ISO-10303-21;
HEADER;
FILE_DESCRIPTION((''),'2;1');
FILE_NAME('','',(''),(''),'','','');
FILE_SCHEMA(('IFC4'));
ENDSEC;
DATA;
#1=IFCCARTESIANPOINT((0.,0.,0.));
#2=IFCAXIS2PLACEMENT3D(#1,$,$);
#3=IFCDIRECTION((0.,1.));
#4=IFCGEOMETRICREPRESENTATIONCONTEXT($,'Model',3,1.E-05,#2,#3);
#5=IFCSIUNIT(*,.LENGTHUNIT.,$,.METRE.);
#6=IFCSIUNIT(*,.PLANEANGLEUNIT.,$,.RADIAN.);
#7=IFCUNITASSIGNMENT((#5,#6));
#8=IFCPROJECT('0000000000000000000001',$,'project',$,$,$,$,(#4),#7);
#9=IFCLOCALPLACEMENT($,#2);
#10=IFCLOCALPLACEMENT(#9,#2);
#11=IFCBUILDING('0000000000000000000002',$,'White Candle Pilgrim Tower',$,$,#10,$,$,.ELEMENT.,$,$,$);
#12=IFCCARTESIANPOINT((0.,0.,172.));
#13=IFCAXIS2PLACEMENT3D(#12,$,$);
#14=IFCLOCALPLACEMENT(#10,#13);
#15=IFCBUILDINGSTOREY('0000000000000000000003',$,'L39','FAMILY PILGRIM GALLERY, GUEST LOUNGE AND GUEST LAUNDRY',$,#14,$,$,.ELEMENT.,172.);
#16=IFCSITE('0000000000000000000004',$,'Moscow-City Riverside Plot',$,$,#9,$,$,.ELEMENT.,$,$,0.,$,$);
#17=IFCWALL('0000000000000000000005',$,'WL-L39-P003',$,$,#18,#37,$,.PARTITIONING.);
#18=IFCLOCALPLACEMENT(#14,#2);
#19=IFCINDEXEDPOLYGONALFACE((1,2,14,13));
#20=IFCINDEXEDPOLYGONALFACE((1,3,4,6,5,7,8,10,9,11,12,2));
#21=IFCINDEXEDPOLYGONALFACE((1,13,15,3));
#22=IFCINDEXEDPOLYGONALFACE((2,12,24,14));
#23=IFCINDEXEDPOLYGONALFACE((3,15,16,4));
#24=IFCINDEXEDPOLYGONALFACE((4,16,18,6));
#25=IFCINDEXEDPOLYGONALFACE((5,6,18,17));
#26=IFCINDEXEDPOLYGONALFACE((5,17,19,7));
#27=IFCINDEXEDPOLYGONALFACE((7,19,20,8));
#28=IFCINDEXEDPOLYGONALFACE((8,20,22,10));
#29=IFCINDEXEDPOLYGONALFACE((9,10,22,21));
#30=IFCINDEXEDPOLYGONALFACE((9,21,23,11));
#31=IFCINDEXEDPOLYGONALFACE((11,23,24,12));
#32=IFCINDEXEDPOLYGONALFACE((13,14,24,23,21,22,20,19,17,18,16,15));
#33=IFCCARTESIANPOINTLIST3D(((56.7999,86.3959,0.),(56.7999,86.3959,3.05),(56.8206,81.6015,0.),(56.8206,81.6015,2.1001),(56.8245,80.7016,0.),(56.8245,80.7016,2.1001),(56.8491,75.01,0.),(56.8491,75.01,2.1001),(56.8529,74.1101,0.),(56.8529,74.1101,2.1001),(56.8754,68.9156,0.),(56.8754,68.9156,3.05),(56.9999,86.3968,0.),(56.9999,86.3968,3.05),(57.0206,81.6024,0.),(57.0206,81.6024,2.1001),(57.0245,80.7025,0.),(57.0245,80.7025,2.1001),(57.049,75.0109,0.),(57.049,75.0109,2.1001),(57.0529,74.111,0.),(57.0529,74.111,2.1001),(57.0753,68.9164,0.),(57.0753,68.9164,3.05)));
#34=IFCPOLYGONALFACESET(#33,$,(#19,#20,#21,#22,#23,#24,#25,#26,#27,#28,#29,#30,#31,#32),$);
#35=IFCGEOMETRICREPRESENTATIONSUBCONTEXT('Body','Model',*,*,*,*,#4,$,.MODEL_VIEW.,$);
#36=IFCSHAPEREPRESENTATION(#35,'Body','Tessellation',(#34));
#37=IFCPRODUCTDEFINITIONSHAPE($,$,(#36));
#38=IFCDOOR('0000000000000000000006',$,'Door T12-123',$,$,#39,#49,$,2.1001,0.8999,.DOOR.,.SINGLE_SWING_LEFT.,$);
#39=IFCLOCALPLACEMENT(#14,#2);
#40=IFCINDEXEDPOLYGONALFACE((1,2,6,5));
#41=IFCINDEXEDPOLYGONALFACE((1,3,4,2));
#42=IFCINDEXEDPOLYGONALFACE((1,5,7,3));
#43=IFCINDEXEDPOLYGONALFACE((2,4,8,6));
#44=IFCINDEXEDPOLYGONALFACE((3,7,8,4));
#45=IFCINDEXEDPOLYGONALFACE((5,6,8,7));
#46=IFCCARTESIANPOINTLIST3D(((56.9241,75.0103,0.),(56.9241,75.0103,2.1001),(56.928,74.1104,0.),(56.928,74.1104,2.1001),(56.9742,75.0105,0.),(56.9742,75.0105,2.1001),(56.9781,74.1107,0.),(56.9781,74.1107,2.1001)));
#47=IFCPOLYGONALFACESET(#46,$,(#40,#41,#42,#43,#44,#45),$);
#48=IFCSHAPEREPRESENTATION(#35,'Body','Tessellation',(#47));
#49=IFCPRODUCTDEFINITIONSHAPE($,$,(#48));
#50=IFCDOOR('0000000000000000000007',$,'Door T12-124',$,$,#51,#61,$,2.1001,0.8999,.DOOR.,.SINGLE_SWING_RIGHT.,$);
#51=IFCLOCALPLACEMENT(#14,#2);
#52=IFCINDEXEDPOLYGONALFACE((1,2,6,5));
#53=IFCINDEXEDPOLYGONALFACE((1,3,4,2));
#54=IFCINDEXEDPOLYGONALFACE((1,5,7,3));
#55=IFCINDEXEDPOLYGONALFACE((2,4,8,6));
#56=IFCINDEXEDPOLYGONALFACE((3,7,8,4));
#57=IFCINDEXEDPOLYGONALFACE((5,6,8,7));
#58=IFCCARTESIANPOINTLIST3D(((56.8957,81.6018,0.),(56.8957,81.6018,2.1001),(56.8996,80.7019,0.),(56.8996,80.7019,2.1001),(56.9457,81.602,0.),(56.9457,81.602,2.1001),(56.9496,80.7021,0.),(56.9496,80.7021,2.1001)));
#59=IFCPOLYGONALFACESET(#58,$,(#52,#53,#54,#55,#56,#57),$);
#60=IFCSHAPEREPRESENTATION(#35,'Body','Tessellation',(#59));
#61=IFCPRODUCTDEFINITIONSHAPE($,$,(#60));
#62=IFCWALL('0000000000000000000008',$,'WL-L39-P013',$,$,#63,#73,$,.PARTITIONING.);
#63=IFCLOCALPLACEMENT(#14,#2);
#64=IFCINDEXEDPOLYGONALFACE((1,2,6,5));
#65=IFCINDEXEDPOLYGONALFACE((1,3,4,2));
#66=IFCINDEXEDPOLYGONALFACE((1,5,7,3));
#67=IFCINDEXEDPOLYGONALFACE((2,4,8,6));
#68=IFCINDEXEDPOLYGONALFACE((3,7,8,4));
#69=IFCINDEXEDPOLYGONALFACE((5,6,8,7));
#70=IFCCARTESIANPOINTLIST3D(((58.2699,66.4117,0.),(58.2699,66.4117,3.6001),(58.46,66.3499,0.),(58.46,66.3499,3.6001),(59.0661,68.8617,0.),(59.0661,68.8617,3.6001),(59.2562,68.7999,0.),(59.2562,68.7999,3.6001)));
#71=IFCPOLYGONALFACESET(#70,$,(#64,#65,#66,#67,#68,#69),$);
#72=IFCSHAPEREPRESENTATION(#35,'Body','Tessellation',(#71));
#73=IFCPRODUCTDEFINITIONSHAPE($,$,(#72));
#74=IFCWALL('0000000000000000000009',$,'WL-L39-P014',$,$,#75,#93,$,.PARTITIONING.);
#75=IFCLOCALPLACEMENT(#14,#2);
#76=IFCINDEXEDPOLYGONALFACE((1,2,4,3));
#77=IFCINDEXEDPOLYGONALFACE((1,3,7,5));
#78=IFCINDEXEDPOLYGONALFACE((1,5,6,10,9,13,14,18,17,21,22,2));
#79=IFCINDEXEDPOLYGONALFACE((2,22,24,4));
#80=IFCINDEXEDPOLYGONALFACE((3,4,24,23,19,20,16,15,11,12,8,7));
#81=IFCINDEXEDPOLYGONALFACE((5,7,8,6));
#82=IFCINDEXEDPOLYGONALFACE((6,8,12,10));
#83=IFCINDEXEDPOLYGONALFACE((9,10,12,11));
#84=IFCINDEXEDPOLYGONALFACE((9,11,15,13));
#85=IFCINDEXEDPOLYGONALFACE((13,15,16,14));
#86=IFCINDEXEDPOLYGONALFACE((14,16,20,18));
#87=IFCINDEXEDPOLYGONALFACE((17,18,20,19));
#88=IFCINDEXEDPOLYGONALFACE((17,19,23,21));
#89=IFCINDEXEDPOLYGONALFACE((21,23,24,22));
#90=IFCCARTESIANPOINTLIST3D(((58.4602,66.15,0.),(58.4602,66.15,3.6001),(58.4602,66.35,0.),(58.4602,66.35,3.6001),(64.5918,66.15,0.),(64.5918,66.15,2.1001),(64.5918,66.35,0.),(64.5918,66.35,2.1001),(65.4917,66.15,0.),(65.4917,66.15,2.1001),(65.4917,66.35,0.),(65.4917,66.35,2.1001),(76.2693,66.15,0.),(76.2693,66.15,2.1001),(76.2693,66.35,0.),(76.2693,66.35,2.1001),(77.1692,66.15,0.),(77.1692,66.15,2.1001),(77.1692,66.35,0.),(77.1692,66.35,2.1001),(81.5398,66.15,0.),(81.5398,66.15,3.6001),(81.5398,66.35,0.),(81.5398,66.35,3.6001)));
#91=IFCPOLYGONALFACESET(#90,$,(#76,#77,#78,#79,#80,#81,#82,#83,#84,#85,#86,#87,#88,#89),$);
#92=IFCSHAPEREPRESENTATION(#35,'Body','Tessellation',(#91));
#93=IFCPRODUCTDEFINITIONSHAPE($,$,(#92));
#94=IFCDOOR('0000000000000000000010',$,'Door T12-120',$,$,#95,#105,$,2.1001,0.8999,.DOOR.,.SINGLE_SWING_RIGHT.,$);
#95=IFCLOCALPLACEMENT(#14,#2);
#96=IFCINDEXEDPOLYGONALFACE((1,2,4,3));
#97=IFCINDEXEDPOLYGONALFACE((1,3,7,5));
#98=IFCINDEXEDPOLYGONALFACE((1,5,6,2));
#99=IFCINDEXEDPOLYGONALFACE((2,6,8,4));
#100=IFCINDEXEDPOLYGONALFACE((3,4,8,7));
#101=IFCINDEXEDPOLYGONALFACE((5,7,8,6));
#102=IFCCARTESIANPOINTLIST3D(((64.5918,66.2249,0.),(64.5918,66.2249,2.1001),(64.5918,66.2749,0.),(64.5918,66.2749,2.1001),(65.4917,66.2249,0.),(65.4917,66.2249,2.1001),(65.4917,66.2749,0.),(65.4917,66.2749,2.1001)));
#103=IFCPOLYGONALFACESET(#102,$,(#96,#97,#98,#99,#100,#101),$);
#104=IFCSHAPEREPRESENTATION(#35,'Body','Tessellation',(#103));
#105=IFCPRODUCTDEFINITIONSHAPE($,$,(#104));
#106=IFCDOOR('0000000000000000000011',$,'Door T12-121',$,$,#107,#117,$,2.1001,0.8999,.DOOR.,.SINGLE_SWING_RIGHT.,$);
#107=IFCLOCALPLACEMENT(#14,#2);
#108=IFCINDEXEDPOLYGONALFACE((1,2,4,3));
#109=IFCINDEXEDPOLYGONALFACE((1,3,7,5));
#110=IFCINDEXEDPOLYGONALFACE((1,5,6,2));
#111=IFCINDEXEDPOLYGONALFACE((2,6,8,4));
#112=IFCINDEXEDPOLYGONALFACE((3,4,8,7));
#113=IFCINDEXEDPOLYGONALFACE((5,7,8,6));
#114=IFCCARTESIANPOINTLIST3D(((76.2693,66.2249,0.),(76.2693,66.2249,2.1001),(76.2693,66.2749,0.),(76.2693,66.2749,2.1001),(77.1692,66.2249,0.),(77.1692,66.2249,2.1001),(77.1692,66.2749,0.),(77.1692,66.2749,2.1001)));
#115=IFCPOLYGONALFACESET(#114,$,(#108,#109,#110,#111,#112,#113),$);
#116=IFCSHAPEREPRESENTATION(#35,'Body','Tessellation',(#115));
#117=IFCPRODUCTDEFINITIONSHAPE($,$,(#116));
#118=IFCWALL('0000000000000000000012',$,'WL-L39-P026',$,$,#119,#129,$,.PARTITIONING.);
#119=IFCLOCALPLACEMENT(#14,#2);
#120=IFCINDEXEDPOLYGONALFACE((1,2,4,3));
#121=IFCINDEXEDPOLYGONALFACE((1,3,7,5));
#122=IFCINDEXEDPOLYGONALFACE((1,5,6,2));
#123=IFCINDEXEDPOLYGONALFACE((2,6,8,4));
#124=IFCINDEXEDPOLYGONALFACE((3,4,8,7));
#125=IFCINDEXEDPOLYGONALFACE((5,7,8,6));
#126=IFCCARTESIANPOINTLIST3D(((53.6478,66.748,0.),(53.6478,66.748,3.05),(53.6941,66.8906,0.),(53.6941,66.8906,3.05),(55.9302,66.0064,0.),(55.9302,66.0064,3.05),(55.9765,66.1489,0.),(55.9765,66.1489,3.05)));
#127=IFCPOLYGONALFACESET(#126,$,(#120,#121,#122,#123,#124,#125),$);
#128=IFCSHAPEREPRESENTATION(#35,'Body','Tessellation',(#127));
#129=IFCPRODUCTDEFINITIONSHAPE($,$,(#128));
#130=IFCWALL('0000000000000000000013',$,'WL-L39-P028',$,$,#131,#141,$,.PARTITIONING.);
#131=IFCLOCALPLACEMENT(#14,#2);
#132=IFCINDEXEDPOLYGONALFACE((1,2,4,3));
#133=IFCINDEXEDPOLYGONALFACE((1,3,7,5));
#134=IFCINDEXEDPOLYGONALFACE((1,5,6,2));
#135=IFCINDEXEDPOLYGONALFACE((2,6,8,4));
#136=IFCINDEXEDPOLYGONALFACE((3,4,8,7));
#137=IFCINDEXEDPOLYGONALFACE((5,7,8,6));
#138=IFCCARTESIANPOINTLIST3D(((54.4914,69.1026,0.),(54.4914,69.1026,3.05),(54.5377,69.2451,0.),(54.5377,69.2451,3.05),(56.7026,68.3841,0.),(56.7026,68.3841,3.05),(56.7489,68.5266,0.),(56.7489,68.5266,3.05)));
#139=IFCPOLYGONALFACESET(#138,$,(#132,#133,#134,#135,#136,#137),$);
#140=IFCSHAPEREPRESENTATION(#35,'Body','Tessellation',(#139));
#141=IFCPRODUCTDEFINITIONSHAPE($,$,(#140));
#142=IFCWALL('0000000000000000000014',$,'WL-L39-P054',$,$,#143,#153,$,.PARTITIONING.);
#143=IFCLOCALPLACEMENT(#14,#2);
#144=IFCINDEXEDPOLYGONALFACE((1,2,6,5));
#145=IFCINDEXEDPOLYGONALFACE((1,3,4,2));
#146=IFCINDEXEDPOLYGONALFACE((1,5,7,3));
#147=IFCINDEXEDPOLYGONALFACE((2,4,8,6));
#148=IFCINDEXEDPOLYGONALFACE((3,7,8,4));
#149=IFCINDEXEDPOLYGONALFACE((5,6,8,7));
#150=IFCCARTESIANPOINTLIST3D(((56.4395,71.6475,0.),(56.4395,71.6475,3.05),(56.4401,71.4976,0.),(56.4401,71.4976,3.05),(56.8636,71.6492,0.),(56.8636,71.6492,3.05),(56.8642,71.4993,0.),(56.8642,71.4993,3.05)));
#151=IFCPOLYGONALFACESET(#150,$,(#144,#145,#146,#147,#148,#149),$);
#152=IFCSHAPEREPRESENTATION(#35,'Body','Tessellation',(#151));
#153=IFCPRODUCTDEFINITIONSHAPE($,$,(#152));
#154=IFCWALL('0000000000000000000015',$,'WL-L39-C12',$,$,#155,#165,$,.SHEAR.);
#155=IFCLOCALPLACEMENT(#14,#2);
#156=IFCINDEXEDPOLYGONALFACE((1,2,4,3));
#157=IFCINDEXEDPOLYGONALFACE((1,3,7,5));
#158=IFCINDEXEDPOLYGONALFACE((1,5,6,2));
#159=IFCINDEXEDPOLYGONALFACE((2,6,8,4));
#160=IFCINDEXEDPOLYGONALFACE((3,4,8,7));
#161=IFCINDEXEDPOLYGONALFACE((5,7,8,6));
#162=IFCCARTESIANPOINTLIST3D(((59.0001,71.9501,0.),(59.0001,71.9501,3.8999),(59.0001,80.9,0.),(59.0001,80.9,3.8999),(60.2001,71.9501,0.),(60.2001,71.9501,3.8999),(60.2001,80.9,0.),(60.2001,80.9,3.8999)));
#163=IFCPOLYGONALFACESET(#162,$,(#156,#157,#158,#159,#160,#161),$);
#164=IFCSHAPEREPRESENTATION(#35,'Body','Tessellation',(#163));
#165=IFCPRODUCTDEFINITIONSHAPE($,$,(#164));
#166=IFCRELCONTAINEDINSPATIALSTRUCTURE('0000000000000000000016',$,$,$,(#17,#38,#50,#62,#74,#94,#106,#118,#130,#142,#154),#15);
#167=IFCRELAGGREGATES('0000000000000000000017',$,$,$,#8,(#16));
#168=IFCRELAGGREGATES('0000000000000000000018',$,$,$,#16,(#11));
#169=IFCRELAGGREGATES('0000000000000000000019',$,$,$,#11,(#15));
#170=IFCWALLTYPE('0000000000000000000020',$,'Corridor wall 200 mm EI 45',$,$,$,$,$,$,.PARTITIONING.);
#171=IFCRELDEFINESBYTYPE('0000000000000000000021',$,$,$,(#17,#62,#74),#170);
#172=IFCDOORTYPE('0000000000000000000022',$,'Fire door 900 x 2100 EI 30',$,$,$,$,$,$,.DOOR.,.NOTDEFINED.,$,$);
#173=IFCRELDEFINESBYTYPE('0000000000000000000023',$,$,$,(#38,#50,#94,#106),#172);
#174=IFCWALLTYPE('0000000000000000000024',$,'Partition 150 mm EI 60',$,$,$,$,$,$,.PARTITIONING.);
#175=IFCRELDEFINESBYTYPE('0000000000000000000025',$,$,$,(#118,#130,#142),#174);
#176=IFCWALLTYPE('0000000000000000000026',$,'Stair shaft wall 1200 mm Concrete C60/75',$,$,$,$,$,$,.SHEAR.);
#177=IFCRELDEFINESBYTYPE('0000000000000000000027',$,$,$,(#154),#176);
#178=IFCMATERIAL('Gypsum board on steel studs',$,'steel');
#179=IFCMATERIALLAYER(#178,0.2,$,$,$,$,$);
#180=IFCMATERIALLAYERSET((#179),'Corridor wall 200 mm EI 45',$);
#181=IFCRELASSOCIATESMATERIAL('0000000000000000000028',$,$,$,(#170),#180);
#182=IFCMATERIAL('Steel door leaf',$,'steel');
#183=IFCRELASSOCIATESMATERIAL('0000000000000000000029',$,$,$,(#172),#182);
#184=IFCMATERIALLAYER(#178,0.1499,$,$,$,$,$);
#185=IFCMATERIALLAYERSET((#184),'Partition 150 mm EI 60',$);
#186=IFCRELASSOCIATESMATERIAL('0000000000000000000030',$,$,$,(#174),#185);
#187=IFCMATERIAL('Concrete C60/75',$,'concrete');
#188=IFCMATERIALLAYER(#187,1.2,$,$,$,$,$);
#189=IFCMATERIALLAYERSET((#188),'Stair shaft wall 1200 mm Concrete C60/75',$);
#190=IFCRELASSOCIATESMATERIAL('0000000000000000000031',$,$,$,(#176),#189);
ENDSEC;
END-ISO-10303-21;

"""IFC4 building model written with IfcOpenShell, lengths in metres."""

from ifc_helpers import new_model, si_unit, direction, frame, frame_2d, origin, place, context, subcontext, project, spatial, rectangle, extrude, material, layer, layer_set, type_object, element, fill, save


model = new_model("IFC4")

# Units and contexts
model_context = context("Model", 3, precision=1e-05, world=origin(), true_north=direction((0.0, 1.0)))
body_context = subcontext(model_context, "Body", "Model", "MODEL_VIEW")
ifc_project = project(units=[si_unit("LENGTHUNIT", "METRE"), si_unit("PLANEANGLEUNIT", "RADIAN")], contexts=[model_context])

# Site, building, storey
site_placement = place(None, origin())
site = spatial("IfcSite", under=ifc_project, at=site_placement, Name="Moscow-City Riverside Plot", CompositionType="ELEMENT", RefElevation=0.0)
building_placement = place(site_placement, origin())
building = spatial("IfcBuilding", under=site, at=building_placement, Name="White Candle Pilgrim Tower", CompositionType="ELEMENT")
storey_placement = place(building_placement, frame((0.0, 0.0, 172.0)))
storey = spatial("IfcBuildingStorey", under=building, at=storey_placement, Name="L39", Description="FAMILY PILGRIM GALLERY, GUEST LOUNGE AND GUEST LAUNDRY", CompositionType="ELEMENT", Elevation=172.0)

# Wall, openings, doors
ifc_material_1 = material(Name="Gypsum board on steel studs", Category="steel")
ifc_layer_1 = layer(ifc_material_1, 0.2)
ifc_layer_set_1 = layer_set([ifc_layer_1], Name="Corridor wall 200 mm EI 45")
wall_type_1 = type_object("IfcWallType", Name="Corridor wall 200 mm EI 45", PredefinedType="PARTITIONING", material=ifc_layer_set_1)
wall_1_placement = place(storey_placement, frame((56.9753, 68.916, 0.0), z_axis=(0.0, 0.0, 1.0), x_axis=(-0.004316, 0.999991, 0.0)))
wall_1 = element("IfcWall", 1, at=wall_1_placement, inside=storey, type_object=wall_type_1, Name="WL-L39-P003", PredefinedType="PARTITIONING", context=body_context, shape_type="SweptSolid", body=[
    extrude(rectangle(XDim=17.4805, YDim=0.2, at=frame_2d((8.7402, 0.0))), origin(), (0.0, 0.0, 1.0), 3.05),
])
opening_1_placement = place(wall_1_placement, frame((5.1946, 0.0, 0.0)))
opening_1 = element("IfcOpeningElement", 2, at=opening_1_placement, cuts=wall_1, PredefinedType="OPENING", context=body_context, shape_type="SweptSolid", body=[
    extrude(rectangle(XDim=0.8999, YDim=2.1001, at=frame_2d((0.45, 1.05))), frame((0.0, 0.1099, 0.0), z_axis=(0.0, -1.0, 0.0), x_axis=(1.0, 0.0, 0.0)), (0.0, 0.0, 1.0), 0.22),
])
opening_2_placement = place(wall_1_placement, frame((11.7861, 0.0, 0.0)))
opening_2 = element("IfcOpeningElement", 3, at=opening_2_placement, cuts=wall_1, PredefinedType="OPENING", context=body_context, shape_type="SweptSolid", body=[
    extrude(rectangle(XDim=0.8999, YDim=2.1001, at=frame_2d((0.45, 1.05))), frame((0.0, 0.1099, 0.0), z_axis=(0.0, -1.0, 0.0), x_axis=(1.0, 0.0, 0.0)), (0.0, 0.0, 1.0), 0.22),
])
ifc_material_2 = material(Name="Steel door leaf", Category="steel")
door_type_1 = type_object("IfcDoorType", Name="Fire door 900 x 2100 EI 30", OperationType="NOTDEFINED", PredefinedType="DOOR", material=ifc_material_2)
door_1_placement = place(opening_1_placement, origin())
door_1 = element("IfcDoor", 4, at=door_1_placement, inside=storey, type_object=door_type_1, Name="Door T12-123", OperationType="SINGLE_SWING_LEFT", OverallHeight=2.1001, OverallWidth=0.8999, PredefinedType="DOOR", context=body_context, shape_type="SweptSolid", body=[
    extrude(rectangle(XDim=0.8999, YDim=2.1001, at=frame_2d((0.45, 1.05))), frame((0.0, 0.0249, 0.0), z_axis=(0.0, -1.0, 0.0), x_axis=(1.0, 0.0, 0.0)), (0.0, 0.0, 1.0), 0.05),
])
fill(opening_1, door_1)
door_2_placement = place(opening_2_placement, origin())
door_2 = element("IfcDoor", 5, at=door_2_placement, inside=storey, type_object=door_type_1, Name="Door T12-124", OperationType="SINGLE_SWING_RIGHT", OverallHeight=2.1001, OverallWidth=0.8999, PredefinedType="DOOR", context=body_context, shape_type="SweptSolid", body=[
    extrude(rectangle(XDim=0.8999, YDim=2.1001, at=frame_2d((0.45, 1.05))), frame((0.0, 0.0249, 0.0), z_axis=(0.0, -1.0, 0.0), x_axis=(1.0, 0.0, 0.0)), (0.0, 0.0, 1.0), 0.05),
])
fill(opening_2, door_2)

# Wall
wall_2_placement = place(storey_placement, frame((59.1611, 68.8308, 0.0), z_axis=(0.0, 0.0, 1.0), x_axis=(-0.309054, -0.951045, 0.0)))
element("IfcWall", 6, at=wall_2_placement, inside=storey, type_object=wall_type_1, Name="WL-L39-P013", PredefinedType="PARTITIONING", context=body_context, shape_type="SweptSolid", body=[
    extrude(rectangle(XDim=2.5762, YDim=0.2, at=frame_2d((1.2881, 0.0))), origin(), (0.0, 0.0, 1.0), 3.6001),
])

# Wall, openings, doors
wall_3_placement = place(storey_placement, frame((58.4602, 66.25, 0.0), z_axis=(0.0, 0.0, 1.0), x_axis=(1.0, 0.0, 0.0)))
wall_3 = element("IfcWall", 7, at=wall_3_placement, inside=storey, type_object=wall_type_1, Name="WL-L39-P014", PredefinedType="PARTITIONING", context=body_context, shape_type="SweptSolid", body=[
    extrude(rectangle(XDim=23.0796, YDim=0.2, at=frame_2d((11.5398, 0.0))), origin(), (0.0, 0.0, 1.0), 3.6001),
])
opening_3_placement = place(wall_3_placement, frame((6.1316, 0.0, 0.0)))
opening_3 = element("IfcOpeningElement", 8, at=opening_3_placement, cuts=wall_3, PredefinedType="OPENING", context=body_context, shape_type="SweptSolid", body=[
    extrude(rectangle(XDim=0.8999, YDim=2.1001, at=frame_2d((0.45, 1.05))), frame((0.0, 0.1099, 0.0), z_axis=(0.0, -1.0, 0.0), x_axis=(1.0, 0.0, 0.0)), (0.0, 0.0, 1.0), 0.22),
])
opening_4_placement = place(wall_3_placement, frame((17.8091, 0.0, 0.0)))
opening_4 = element("IfcOpeningElement", 9, at=opening_4_placement, cuts=wall_3, PredefinedType="OPENING", context=body_context, shape_type="SweptSolid", body=[
    extrude(rectangle(XDim=0.8999, YDim=2.1001, at=frame_2d((0.45, 1.05))), frame((0.0, 0.1099, 0.0), z_axis=(0.0, -1.0, 0.0), x_axis=(1.0, 0.0, 0.0)), (0.0, 0.0, 1.0), 0.22),
])
door_3_placement = place(opening_3_placement, origin())
door_3 = element("IfcDoor", 10, at=door_3_placement, inside=storey, type_object=door_type_1, Name="Door T12-120", OperationType="SINGLE_SWING_RIGHT", OverallHeight=2.1001, OverallWidth=0.8999, PredefinedType="DOOR", context=body_context, shape_type="SweptSolid", body=[
    extrude(rectangle(XDim=0.8999, YDim=2.1001, at=frame_2d((0.45, 1.05))), frame((0.0, 0.0249, 0.0), z_axis=(0.0, -1.0, 0.0), x_axis=(1.0, 0.0, 0.0)), (0.0, 0.0, 1.0), 0.05),
])
fill(opening_3, door_3)
door_4_placement = place(opening_4_placement, origin())
door_4 = element("IfcDoor", 11, at=door_4_placement, inside=storey, type_object=door_type_1, Name="Door T12-121", OperationType="SINGLE_SWING_RIGHT", OverallHeight=2.1001, OverallWidth=0.8999, PredefinedType="DOOR", context=body_context, shape_type="SweptSolid", body=[
    extrude(rectangle(XDim=0.8999, YDim=2.1001, at=frame_2d((0.45, 1.05))), frame((0.0, 0.0249, 0.0), z_axis=(0.0, -1.0, 0.0), x_axis=(1.0, 0.0, 0.0)), (0.0, 0.0, 1.0), 0.05),
])
fill(opening_4, door_4)

# Walls
ifc_layer_2 = layer(ifc_material_1, 0.1499)
ifc_layer_set_2 = layer_set([ifc_layer_2], Name="Partition 150 mm EI 60")
wall_type_2 = type_object("IfcWallType", Name="Partition 150 mm EI 60", PredefinedType="PARTITIONING", material=ifc_layer_set_2)
wall_4_placement = place(storey_placement, frame((55.9534, 66.0776, 0.0), z_axis=(0.0, 0.0, 1.0), x_axis=(-0.951047, 0.309047, 0.0)))
element("IfcWall", 12, at=wall_4_placement, inside=storey, type_object=wall_type_2, Name="WL-L39-P026", PredefinedType="PARTITIONING", context=body_context, shape_type="SweptSolid", body=[
    extrude(rectangle(XDim=2.3999, YDim=0.1499, at=frame_2d((1.2, 0.0))), origin(), (0.0, 0.0, 1.0), 3.05),
])
wall_5_placement = place(storey_placement, frame((56.7258, 68.4553, 0.0), z_axis=(0.0, 0.0, 1.0), x_axis=(-0.95105, 0.309036, 0.0)))
element("IfcWall", 13, at=wall_5_placement, inside=storey, type_object=wall_type_2, Name="WL-L39-P028", PredefinedType="PARTITIONING", context=body_context, shape_type="SweptSolid", body=[
    extrude(rectangle(XDim=2.325, YDim=0.1499, at=frame_2d((1.1626, 0.0))), origin(), (0.0, 0.0, 1.0), 3.05),
])
wall_6_placement = place(storey_placement, frame((56.4399, 71.5725, 0.0), z_axis=(0.0, 0.0, 1.0), x_axis=(0.999992, 0.00403, 0.0)))
element("IfcWall", 14, at=wall_6_placement, inside=storey, type_object=wall_type_2, Name="WL-L39-P054", PredefinedType="PARTITIONING", context=body_context, shape_type="SweptSolid", body=[
    extrude(rectangle(XDim=0.4241, YDim=0.1499, at=frame_2d((0.2119, 0.0))), origin(), (0.0, 0.0, 1.0), 3.05),
])
ifc_material_3 = material(Name="Concrete C60/75", Category="concrete")
ifc_layer_3 = layer(ifc_material_3, 1.2)
ifc_layer_set_3 = layer_set([ifc_layer_3], Name="Stair shaft wall 1200 mm Concrete C60/75")
wall_type_3 = type_object("IfcWallType", Name="Stair shaft wall 1200 mm Concrete C60/75", PredefinedType="SHEAR", material=ifc_layer_set_3)
wall_7_placement = place(storey_placement, frame((59.6001, 71.95, 0.0), z_axis=(0.0, 0.0, 1.0), x_axis=(0.0, 1.0, 0.0)))
element("IfcWall", 15, at=wall_7_placement, inside=storey, type_object=wall_type_3, Name="WL-L39-C12", PredefinedType="SHEAR", context=body_context, shape_type="SweptSolid", body=[
    extrude(rectangle(XDim=8.95, YDim=1.2, at=frame_2d((4.4751, 0.0))), origin(), (0.0, 0.0, 1.0), 3.8999),
])

save(model, "model.ifc")
